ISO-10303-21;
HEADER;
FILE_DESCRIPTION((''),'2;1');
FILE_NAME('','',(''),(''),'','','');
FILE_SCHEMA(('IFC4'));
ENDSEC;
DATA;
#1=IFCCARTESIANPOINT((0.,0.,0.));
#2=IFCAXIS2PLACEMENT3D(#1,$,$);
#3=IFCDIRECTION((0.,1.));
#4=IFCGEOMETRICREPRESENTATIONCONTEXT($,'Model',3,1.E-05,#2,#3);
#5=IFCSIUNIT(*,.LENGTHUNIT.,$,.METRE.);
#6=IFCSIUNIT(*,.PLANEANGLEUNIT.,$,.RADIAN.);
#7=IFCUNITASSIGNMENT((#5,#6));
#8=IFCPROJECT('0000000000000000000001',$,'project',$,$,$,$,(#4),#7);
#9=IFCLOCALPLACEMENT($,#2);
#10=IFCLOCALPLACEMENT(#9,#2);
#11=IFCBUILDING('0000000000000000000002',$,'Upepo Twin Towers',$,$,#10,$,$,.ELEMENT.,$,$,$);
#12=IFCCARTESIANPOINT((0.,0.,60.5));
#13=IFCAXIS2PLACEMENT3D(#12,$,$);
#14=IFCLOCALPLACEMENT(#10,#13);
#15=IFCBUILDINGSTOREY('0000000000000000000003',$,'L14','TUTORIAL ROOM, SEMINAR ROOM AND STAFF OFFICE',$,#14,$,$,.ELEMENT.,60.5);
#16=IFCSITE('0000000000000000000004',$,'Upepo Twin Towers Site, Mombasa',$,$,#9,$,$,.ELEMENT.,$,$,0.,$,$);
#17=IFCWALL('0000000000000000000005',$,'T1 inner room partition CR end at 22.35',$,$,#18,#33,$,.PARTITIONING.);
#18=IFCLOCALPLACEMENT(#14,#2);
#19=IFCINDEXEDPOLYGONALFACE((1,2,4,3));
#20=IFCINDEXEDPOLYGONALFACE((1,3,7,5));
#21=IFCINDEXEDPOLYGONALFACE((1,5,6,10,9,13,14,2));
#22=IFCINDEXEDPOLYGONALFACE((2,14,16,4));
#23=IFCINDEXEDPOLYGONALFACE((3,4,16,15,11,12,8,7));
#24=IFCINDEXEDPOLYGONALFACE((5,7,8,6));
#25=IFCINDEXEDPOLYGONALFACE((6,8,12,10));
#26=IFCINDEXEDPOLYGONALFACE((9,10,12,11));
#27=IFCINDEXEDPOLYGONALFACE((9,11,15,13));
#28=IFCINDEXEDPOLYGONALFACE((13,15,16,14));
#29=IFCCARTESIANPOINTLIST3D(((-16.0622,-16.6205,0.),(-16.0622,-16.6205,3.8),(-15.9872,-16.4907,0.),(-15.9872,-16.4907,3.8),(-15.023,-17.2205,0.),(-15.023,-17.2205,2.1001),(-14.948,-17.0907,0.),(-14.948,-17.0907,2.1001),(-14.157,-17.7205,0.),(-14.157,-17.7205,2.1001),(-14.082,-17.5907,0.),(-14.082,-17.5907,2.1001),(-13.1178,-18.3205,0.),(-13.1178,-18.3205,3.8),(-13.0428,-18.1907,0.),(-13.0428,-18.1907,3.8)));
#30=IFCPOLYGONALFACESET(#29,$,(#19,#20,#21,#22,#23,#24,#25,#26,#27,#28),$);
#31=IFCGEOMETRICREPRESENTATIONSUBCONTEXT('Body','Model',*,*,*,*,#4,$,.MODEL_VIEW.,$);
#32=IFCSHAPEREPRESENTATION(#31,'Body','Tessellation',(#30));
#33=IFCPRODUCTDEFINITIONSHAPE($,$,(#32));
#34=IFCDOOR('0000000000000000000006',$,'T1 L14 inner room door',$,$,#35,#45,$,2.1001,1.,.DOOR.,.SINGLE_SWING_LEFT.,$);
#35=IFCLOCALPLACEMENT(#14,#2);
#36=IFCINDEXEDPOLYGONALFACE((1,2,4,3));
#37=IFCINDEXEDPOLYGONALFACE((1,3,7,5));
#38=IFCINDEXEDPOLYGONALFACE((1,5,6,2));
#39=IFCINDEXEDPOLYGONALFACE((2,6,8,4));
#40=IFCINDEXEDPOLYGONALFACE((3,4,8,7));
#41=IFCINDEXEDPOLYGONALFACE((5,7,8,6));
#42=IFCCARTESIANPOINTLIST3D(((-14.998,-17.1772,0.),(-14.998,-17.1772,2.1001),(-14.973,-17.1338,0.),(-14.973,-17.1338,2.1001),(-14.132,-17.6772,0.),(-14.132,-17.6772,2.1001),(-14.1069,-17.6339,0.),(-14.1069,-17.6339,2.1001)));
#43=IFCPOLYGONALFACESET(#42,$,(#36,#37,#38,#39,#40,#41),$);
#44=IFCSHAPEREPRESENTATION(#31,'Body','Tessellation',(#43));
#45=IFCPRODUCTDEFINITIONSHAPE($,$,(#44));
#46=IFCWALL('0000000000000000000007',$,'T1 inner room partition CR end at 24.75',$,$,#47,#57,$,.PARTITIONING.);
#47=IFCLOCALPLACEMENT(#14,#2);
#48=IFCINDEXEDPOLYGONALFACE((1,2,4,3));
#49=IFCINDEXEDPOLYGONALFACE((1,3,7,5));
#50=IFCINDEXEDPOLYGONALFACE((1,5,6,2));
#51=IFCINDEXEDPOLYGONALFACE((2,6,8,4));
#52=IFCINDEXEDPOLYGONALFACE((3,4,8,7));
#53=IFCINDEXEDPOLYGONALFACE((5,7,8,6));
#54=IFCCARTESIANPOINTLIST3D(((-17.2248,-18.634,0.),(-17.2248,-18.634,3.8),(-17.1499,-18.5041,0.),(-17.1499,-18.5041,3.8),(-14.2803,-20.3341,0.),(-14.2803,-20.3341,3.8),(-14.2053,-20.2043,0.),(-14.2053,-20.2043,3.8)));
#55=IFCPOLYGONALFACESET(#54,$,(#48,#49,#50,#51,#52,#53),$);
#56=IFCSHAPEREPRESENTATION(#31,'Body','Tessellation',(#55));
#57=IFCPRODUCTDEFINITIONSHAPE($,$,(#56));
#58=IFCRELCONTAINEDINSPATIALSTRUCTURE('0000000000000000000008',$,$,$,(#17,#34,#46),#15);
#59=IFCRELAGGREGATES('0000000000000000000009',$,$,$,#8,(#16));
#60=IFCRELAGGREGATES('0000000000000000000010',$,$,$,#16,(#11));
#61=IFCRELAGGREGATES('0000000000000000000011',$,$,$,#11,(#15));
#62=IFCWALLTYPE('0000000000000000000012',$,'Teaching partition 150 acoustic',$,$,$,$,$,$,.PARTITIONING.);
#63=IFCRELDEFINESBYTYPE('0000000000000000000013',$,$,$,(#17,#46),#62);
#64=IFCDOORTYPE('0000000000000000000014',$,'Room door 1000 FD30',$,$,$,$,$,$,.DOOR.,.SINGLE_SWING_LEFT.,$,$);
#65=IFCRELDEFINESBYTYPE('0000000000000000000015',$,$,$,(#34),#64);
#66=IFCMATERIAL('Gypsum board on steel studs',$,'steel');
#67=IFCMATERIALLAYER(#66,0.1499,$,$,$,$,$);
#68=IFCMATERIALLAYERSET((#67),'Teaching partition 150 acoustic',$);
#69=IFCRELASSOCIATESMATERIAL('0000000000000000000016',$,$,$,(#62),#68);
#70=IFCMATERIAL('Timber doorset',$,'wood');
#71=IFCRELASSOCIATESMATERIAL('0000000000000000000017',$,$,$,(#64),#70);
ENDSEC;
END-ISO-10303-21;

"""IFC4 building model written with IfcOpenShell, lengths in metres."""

from ifc_helpers import new_model, si_unit, direction, frame, frame_2d, origin, place, context, subcontext, project, spatial, rectangle, extrude, material, layer, layer_set, type_object, element, fill, save


model = new_model("IFC4")

# Units and contexts
model_context = context("Model", 3, precision=1e-05, world=origin(), true_north=direction((0.0, 1.0)))
body_context = subcontext(model_context, "Body", "Model", "MODEL_VIEW")
ifc_project = project(units=[si_unit("LENGTHUNIT", "METRE"), si_unit("PLANEANGLEUNIT", "RADIAN")], contexts=[model_context])

# Site, building, storey
site_placement = place(None, origin())
site = spatial("IfcSite", under=ifc_project, at=site_placement, Name="Upepo Twin Towers Site, Mombasa", CompositionType="ELEMENT", RefElevation=0.0)
building_placement = place(site_placement, origin())
building = spatial("IfcBuilding", under=site, at=building_placement, Name="Upepo Twin Towers", CompositionType="ELEMENT")
storey_placement = place(building_placement, frame((0.0, 0.0, 60.5)))
storey = spatial("IfcBuildingStorey", under=building, at=storey_placement, Name="L14", Description="TUTORIAL ROOM, SEMINAR ROOM AND STAFF OFFICE", CompositionType="ELEMENT", Elevation=60.5)

# Shared definitions
ifc_material_1 = material(Name="Gypsum board on steel studs", Category="steel")
ifc_layer_1 = layer(ifc_material_1, 0.1499)
ifc_layer_set_1 = layer_set([ifc_layer_1], Name="Teaching partition 150 acoustic")
wall_type_1 = type_object("IfcWallType", Name="Teaching partition 150 acoustic", PredefinedType="PARTITIONING", material=ifc_layer_set_1)

# Wall, opening, door
wall_1_placement = place(storey_placement, frame((-13.0803, -18.2556, 0.0), z_axis=(0.0, 0.0, 1.0), x_axis=(-0.866021, 0.500008, 0.0)))
wall_1 = element("IfcWall", 1, at=wall_1_placement, inside=storey, type_object=wall_type_1, Name="T1 inner room partition CR end at 22.35", PredefinedType="PARTITIONING", context=body_context, shape_type="SweptSolid", body=[
    extrude(rectangle(XDim=3.3999, YDim=0.1499, at=frame_2d((1.7, 0.0))), origin(), (0.0, 0.0, 1.0), 3.8),
])
opening_placement = place(wall_1_placement, frame((1.2, 0.0, 0.0)))
opening = element("IfcOpeningElement", 2, at=opening_placement, cuts=wall_1, PredefinedType="OPENING", context=body_context, shape_type="SweptSolid", body=[
    extrude(rectangle(XDim=1.0, YDim=2.1001, at=frame_2d((0.5, 1.05))), frame((0.0, 0.085, 0.0), z_axis=(0.0, -1.0, 0.0), x_axis=(1.0, 0.0, 0.0)), (0.0, 0.0, 1.0), 0.1699),
])
ifc_material_2 = material(Name="Timber doorset", Category="wood")
door_type = type_object("IfcDoorType", Name="Room door 1000 FD30", OperationType="SINGLE_SWING_LEFT", PredefinedType="DOOR", material=ifc_material_2)
door_placement = place(opening_placement, origin())
door = element("IfcDoor", 3, at=door_placement, inside=storey, type_object=door_type, Name="T1 L14 inner room door", OperationType="SINGLE_SWING_LEFT", OverallHeight=2.1001, OverallWidth=1.0, PredefinedType="DOOR", context=body_context, shape_type="SweptSolid", body=[
    extrude(rectangle(XDim=1.0, YDim=2.1001, at=frame_2d((0.5, 1.05))), frame((0.0, 0.0249, 0.0), z_axis=(0.0, -1.0, 0.0), x_axis=(1.0, 0.0, 0.0)), (0.0, 0.0, 1.0), 0.05),
])
fill(opening, door)

# Wall
wall_2_placement = place(storey_placement, frame((-14.2427, -20.2693, 0.0), z_axis=(0.0, 0.0, 1.0), x_axis=(-0.866007, 0.500031, 0.0)))
element("IfcWall", 4, at=wall_2_placement, inside=storey, type_object=wall_type_1, Name="T1 inner room partition CR end at 24.75", PredefinedType="PARTITIONING", context=body_context, shape_type="SweptSolid", body=[
    extrude(rectangle(XDim=3.4001, YDim=0.1499, at=frame_2d((1.7002, 0.0))), origin(), (0.0, 0.0, 1.0), 3.8),
])

save(model, "model.ifc")
